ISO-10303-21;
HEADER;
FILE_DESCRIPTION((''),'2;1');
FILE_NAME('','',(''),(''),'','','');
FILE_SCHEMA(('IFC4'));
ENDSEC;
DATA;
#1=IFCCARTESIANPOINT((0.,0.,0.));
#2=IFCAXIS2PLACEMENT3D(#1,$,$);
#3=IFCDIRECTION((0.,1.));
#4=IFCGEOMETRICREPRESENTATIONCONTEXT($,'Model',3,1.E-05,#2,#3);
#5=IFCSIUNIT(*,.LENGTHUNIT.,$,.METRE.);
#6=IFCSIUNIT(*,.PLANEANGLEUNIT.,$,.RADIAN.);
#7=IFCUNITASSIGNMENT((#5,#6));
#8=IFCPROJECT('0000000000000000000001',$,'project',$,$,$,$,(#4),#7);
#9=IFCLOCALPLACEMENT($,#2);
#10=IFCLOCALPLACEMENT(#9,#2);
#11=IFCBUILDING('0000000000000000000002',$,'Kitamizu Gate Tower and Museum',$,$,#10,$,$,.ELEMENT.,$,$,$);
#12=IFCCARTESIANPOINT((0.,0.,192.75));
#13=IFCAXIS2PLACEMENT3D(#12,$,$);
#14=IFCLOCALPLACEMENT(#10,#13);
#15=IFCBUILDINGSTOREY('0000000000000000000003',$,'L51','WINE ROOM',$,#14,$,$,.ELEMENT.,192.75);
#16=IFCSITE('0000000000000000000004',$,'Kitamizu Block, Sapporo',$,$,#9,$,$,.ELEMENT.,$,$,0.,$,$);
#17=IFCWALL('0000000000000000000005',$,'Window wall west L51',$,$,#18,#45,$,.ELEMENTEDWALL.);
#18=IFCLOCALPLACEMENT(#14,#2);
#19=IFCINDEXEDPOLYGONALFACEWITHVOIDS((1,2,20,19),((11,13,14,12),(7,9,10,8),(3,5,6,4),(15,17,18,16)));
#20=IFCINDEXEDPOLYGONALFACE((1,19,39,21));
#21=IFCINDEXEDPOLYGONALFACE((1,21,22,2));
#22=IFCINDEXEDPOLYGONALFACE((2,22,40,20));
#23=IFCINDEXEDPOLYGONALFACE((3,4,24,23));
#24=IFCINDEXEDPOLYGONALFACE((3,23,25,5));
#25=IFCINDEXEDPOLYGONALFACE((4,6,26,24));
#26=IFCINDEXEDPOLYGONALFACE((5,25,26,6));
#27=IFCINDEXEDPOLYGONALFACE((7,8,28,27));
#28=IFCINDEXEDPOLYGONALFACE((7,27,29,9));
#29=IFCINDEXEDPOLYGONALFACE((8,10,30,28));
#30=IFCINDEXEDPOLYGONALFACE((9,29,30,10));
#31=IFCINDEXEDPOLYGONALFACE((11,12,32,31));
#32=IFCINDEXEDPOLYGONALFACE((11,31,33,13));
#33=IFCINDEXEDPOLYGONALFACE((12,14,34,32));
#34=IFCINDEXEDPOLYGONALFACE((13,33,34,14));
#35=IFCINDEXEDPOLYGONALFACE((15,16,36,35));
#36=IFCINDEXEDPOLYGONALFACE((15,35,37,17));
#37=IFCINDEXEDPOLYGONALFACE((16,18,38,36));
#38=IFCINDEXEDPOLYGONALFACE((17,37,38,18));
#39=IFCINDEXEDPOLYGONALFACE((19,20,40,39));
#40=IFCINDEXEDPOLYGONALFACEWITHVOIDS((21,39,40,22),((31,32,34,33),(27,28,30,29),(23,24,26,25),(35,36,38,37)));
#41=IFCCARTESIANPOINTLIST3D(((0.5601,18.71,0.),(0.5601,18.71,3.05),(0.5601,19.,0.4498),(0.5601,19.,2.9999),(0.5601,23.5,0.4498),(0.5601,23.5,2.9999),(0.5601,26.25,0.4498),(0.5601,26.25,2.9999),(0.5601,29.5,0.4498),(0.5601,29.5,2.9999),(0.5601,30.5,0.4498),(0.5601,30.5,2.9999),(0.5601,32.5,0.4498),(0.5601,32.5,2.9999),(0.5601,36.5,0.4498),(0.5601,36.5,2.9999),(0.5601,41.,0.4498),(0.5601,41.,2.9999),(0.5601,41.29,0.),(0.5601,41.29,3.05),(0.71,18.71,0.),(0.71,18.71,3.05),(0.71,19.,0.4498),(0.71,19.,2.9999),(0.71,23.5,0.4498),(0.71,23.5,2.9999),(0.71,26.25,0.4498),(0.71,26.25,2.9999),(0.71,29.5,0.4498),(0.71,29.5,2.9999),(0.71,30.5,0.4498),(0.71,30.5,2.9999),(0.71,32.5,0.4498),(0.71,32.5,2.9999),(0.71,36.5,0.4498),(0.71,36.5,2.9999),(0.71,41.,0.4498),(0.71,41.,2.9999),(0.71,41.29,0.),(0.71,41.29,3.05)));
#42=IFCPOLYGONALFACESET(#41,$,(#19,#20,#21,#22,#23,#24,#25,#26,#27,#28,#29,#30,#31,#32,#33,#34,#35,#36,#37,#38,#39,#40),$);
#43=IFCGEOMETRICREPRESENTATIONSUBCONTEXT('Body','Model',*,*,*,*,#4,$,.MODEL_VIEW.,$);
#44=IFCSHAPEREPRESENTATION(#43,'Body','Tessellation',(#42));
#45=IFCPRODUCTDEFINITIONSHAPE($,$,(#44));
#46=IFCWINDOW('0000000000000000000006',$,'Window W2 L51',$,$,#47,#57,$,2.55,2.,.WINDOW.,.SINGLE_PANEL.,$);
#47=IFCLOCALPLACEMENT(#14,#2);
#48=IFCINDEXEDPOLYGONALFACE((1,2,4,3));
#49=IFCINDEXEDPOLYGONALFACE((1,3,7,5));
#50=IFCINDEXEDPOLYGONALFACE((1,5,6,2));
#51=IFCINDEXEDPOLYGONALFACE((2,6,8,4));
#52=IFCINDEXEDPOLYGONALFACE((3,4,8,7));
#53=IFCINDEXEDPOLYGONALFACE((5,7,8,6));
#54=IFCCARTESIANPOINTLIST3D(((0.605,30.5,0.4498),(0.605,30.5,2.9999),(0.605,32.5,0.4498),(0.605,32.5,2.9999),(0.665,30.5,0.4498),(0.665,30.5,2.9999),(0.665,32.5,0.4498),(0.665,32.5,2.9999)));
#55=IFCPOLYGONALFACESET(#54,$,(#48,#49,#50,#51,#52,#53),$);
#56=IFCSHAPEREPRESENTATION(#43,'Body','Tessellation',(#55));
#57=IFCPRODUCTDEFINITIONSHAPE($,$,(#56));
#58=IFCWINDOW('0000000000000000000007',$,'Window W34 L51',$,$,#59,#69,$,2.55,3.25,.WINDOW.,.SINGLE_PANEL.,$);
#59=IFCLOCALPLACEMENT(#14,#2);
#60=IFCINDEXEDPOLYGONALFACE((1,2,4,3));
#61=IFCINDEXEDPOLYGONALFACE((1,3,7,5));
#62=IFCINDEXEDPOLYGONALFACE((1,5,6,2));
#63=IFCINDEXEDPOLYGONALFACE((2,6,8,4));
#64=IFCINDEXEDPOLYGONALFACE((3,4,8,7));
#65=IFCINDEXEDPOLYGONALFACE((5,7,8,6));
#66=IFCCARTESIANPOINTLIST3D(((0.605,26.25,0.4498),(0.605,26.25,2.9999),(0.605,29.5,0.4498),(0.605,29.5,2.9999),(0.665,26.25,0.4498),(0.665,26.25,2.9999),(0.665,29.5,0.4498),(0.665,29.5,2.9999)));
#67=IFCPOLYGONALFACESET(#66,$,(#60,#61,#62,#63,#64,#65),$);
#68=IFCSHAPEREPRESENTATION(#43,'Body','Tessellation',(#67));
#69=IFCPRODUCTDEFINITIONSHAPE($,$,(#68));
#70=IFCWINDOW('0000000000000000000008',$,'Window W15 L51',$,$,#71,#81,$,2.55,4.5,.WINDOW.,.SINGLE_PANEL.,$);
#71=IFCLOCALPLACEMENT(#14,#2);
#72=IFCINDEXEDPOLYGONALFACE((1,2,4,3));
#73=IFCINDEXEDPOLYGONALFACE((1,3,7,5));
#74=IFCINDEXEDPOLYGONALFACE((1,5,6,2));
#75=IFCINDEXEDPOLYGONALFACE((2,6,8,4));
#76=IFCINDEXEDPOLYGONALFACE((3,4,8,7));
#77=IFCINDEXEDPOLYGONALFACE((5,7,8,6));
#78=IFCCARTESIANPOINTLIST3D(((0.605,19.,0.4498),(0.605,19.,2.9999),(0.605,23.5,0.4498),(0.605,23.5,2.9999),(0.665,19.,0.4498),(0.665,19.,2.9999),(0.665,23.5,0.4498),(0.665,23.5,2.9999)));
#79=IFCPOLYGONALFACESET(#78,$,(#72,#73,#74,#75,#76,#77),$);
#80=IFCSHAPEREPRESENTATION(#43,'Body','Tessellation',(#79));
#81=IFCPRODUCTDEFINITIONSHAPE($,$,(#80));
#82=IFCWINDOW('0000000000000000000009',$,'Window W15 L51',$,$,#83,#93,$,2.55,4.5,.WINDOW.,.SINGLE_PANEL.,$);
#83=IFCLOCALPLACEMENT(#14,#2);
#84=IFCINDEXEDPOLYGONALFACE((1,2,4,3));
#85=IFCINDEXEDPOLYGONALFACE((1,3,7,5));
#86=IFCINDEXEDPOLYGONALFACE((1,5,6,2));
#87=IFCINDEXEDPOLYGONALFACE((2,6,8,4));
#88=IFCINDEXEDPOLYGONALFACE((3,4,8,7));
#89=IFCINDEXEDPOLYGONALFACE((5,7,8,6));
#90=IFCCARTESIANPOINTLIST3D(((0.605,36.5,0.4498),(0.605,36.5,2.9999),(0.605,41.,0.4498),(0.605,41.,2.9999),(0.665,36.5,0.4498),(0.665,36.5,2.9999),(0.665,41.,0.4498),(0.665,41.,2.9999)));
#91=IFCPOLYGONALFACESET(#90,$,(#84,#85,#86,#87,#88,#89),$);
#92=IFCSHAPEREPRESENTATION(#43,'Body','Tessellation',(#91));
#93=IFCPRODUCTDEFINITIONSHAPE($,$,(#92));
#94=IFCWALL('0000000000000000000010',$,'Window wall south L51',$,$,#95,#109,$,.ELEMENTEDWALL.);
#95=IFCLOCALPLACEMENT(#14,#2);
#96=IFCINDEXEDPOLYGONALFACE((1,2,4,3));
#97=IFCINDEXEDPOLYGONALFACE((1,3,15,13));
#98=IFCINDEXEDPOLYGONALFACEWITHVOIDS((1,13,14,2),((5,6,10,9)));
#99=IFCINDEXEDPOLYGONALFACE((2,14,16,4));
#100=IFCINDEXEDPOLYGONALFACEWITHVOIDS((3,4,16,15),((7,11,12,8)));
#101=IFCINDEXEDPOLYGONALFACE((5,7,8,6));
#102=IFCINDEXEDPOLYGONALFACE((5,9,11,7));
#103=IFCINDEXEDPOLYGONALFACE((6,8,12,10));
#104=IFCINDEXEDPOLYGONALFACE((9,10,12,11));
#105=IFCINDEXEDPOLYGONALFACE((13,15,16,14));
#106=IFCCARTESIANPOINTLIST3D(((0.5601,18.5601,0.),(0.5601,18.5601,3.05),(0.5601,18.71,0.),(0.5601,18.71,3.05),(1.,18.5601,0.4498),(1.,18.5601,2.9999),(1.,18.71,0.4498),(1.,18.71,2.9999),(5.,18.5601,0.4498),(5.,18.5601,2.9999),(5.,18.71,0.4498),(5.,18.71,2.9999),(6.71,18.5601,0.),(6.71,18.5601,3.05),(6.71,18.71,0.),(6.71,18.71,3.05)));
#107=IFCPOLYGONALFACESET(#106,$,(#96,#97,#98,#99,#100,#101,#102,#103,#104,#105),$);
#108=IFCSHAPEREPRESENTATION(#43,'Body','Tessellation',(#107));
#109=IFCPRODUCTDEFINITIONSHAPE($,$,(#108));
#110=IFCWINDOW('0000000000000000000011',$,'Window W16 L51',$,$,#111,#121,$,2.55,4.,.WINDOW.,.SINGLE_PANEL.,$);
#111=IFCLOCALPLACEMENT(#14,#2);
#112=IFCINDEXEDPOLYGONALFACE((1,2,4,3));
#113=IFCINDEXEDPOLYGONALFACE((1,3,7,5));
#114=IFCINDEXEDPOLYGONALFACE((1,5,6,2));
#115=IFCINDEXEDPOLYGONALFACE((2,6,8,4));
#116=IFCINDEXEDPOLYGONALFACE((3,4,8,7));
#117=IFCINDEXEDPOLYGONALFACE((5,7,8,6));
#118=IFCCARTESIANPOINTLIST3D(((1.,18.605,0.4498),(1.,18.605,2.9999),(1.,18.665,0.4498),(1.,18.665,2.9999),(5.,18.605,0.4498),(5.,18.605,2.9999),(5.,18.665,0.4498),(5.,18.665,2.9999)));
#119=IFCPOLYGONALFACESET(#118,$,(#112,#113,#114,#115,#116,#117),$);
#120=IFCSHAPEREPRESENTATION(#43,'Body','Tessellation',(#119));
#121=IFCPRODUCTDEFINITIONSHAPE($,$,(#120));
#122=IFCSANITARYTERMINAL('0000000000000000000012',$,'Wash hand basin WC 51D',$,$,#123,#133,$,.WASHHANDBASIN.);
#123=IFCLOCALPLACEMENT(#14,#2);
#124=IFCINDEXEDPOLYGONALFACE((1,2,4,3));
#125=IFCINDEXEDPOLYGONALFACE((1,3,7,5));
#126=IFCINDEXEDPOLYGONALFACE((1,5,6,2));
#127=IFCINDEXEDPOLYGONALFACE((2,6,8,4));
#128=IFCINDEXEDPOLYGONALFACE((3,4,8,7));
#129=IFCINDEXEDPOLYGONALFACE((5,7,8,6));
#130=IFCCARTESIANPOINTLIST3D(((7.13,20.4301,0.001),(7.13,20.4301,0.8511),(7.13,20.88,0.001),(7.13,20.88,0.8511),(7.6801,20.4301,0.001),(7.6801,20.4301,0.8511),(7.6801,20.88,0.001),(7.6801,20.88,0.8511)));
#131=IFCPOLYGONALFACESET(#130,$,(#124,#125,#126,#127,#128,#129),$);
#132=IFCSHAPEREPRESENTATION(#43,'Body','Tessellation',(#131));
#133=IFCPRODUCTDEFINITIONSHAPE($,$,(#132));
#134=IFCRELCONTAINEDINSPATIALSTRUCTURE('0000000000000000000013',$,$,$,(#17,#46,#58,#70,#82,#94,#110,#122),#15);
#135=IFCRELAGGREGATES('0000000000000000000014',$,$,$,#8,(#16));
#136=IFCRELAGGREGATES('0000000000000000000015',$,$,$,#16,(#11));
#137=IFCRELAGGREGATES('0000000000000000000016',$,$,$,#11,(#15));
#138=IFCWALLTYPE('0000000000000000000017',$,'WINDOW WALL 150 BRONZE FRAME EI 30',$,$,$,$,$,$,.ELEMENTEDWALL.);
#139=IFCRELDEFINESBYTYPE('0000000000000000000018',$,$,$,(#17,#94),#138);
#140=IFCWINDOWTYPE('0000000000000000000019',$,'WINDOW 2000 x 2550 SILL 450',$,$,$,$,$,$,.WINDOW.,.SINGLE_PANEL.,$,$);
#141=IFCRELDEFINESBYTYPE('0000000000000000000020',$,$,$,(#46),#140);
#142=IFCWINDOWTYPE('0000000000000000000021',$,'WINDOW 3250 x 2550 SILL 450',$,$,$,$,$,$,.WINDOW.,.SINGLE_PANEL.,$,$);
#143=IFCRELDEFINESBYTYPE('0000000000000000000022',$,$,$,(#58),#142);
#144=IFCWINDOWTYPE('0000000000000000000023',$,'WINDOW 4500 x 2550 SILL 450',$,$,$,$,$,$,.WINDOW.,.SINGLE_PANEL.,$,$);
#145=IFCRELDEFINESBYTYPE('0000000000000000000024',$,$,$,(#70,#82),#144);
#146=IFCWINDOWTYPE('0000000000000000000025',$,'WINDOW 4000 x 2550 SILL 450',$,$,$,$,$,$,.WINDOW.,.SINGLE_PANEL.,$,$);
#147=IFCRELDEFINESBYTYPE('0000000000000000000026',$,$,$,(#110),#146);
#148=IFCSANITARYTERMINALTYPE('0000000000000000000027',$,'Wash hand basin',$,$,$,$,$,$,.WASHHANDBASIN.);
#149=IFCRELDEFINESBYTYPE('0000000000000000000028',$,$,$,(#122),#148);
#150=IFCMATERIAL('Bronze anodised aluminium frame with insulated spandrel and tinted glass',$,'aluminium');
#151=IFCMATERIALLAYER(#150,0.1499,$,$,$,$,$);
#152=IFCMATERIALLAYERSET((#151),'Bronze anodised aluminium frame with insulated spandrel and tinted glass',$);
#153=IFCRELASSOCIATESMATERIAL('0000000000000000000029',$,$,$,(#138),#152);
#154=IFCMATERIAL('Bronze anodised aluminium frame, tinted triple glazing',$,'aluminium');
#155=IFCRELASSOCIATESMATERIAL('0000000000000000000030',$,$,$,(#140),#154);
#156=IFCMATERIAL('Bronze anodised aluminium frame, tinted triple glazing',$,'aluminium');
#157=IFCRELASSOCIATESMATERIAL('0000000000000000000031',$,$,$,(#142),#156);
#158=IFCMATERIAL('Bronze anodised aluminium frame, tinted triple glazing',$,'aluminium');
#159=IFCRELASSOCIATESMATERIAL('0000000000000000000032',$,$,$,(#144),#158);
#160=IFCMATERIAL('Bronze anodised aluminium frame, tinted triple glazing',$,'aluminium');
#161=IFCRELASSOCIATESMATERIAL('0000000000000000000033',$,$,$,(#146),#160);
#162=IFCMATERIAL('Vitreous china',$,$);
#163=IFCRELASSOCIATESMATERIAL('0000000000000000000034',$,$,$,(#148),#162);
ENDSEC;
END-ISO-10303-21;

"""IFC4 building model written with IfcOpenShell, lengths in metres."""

from ifc_helpers import new_model, si_unit, direction, frame, frame_2d, origin, origin_2d, place, context, subcontext, project, spatial, rectangle, extrude, material, layer, layer_set, type_object, element, fill, save


model = new_model("IFC4")

# Units and contexts
model_context = context("Model", 3, precision=1e-05, world=origin(), true_north=direction((0.0, 1.0)))
body_context = subcontext(model_context, "Body", "Model", "MODEL_VIEW")
ifc_project = project(units=[si_unit("LENGTHUNIT", "METRE"), si_unit("PLANEANGLEUNIT", "RADIAN")], contexts=[model_context])

# Site, building, storey
site_placement = place(None, origin())
site = spatial("IfcSite", under=ifc_project, at=site_placement, Name="Kitamizu Block, Sapporo", CompositionType="ELEMENT", RefElevation=0.0)
building_placement = place(site_placement, origin())
building = spatial("IfcBuilding", under=site, at=building_placement, Name="Kitamizu Gate Tower and Museum", CompositionType="ELEMENT")
storey_placement = place(building_placement, frame((0.0, 0.0, 192.75)))
storey = spatial("IfcBuildingStorey", under=building, at=storey_placement, Name="L51", Description="WINE ROOM", CompositionType="ELEMENT", Elevation=192.75)

# Wall, openings, windows
ifc_material_1 = material(Name="Bronze anodised aluminium frame with insulated spandrel and tinted glass", Category="aluminium")
ifc_layer_1 = layer(ifc_material_1, 0.1499)
ifc_layer_set_1 = layer_set([ifc_layer_1], Name="Bronze anodised aluminium frame with insulated spandrel and tinted glass")
wall_type_1 = type_object("IfcWallType", Name="WINDOW WALL 150 BRONZE FRAME EI 30", PredefinedType="ELEMENTEDWALL", material=ifc_layer_set_1)
wall_1_placement = place(storey_placement, frame((0.635, 18.71, 0.0), z_axis=(0.0, 0.0, 1.0), x_axis=(0.0, 1.0, 0.0)))
wall_1 = element("IfcWall", 1, at=wall_1_placement, inside=storey, type_object=wall_type_1, Name="Window wall west L51", PredefinedType="ELEMENTEDWALL", context=body_context, shape_type="SweptSolid", body=[
    extrude(rectangle(XDim=22.5801, YDim=0.1499, at=frame_2d((11.29, 0.0))), origin(), (0.0, 0.0, 1.0), 3.05),
])
opening_1_placement = place(wall_1_placement, frame((0.29, 0.0, 0.45)))
opening_1 = element("IfcOpeningElement", 2, at=opening_1_placement, cuts=wall_1, PredefinedType="OPENING", context=body_context, shape_type="SweptSolid", body=[
    extrude(rectangle(XDim=4.5, YDim=2.55, at=frame_2d((2.25, 1.2749))), frame((0.0, 0.085, 0.0), z_axis=(0.0, -1.0, 0.0), x_axis=(1.0, 0.0, 0.0)), (0.0, 0.0, 1.0), 0.1699),
])
opening_2_placement = place(wall_1_placement, frame((7.54, 0.0, 0.45)))
opening_2 = element("IfcOpeningElement", 3, at=opening_2_placement, cuts=wall_1, PredefinedType="OPENING", context=body_context, shape_type="SweptSolid", body=[
    extrude(rectangle(XDim=3.25, YDim=2.55, at=frame_2d((1.625, 1.2749))), frame((0.0, 0.085, 0.0), z_axis=(0.0, -1.0, 0.0), x_axis=(1.0, 0.0, 0.0)), (0.0, 0.0, 1.0), 0.1699),
])
opening_3_placement = place(wall_1_placement, frame((11.79, 0.0, 0.45)))
opening_3 = element("IfcOpeningElement", 4, at=opening_3_placement, cuts=wall_1, PredefinedType="OPENING", context=body_context, shape_type="SweptSolid", body=[
    extrude(rectangle(XDim=2.0, YDim=2.55, at=frame_2d((1.0, 1.2749))), frame((0.0, 0.085, 0.0), z_axis=(0.0, -1.0, 0.0), x_axis=(1.0, 0.0, 0.0)), (0.0, 0.0, 1.0), 0.1699),
])
opening_4_placement = place(wall_1_placement, frame((17.79, 0.0, 0.45)))
opening_4 = element("IfcOpeningElement", 5, at=opening_4_placement, cuts=wall_1, PredefinedType="OPENING", context=body_context, shape_type="SweptSolid", body=[
    extrude(rectangle(XDim=4.5, YDim=2.55, at=frame_2d((2.25, 1.2749))), frame((0.0, 0.085, 0.0), z_axis=(0.0, -1.0, 0.0), x_axis=(1.0, 0.0, 0.0)), (0.0, 0.0, 1.0), 0.1699),
])
ifc_material_2 = material(Name="Bronze anodised aluminium frame, tinted triple glazing", Category="aluminium")
window_type_1 = type_object("IfcWindowType", Name="WINDOW 2000 x 2550 SILL 450", PartitioningType="SINGLE_PANEL", PredefinedType="WINDOW", material=ifc_material_2)
window_1_placement = place(opening_3_placement, origin())
window_1 = element("IfcWindow", 6, at=window_1_placement, inside=storey, type_object=window_type_1, Name="Window W2 L51", OverallHeight=2.55, OverallWidth=2.0, PartitioningType="SINGLE_PANEL", PredefinedType="WINDOW", context=body_context, shape_type="SweptSolid", body=[
    extrude(rectangle(XDim=2.0, YDim=2.55, at=frame_2d((1.0, 1.2749))), frame((0.0, 0.03, 0.0), z_axis=(0.0, -1.0, 0.0), x_axis=(1.0, 0.0, 0.0)), (0.0, 0.0, 1.0), 0.0601),
])
fill(opening_3, window_1)
ifc_material_3 = material(Name="Bronze anodised aluminium frame, tinted triple glazing", Category="aluminium")
window_type_2 = type_object("IfcWindowType", Name="WINDOW 3250 x 2550 SILL 450", PartitioningType="SINGLE_PANEL", PredefinedType="WINDOW", material=ifc_material_3)
window_2_placement = place(opening_2_placement, origin())
window_2 = element("IfcWindow", 7, at=window_2_placement, inside=storey, type_object=window_type_2, Name="Window W34 L51", OverallHeight=2.55, OverallWidth=3.25, PartitioningType="SINGLE_PANEL", PredefinedType="WINDOW", context=body_context, shape_type="SweptSolid", body=[
    extrude(rectangle(XDim=3.25, YDim=2.55, at=frame_2d((1.625, 1.2749))), frame((0.0, 0.03, 0.0), z_axis=(0.0, -1.0, 0.0), x_axis=(1.0, 0.0, 0.0)), (0.0, 0.0, 1.0), 0.0601),
])
fill(opening_2, window_2)
ifc_material_4 = material(Name="Bronze anodised aluminium frame, tinted triple glazing", Category="aluminium")
window_type_3 = type_object("IfcWindowType", Name="WINDOW 4500 x 2550 SILL 450", PartitioningType="SINGLE_PANEL", PredefinedType="WINDOW", material=ifc_material_4)
window_3_placement = place(opening_1_placement, origin())
window_3 = element("IfcWindow", 8, at=window_3_placement, inside=storey, type_object=window_type_3, Name="Window W15 L51", OverallHeight=2.55, OverallWidth=4.5, PartitioningType="SINGLE_PANEL", PredefinedType="WINDOW", context=body_context, shape_type="SweptSolid", body=[
    extrude(rectangle(XDim=4.5, YDim=2.55, at=frame_2d((2.25, 1.2749))), frame((0.0, 0.03, 0.0), z_axis=(0.0, -1.0, 0.0), x_axis=(1.0, 0.0, 0.0)), (0.0, 0.0, 1.0), 0.0601),
])
fill(opening_1, window_3)
window_4_placement = place(opening_4_placement, origin())
window_4 = element("IfcWindow", 9, at=window_4_placement, inside=storey, type_object=window_type_3, Name="Window W15 L51", OverallHeight=2.55, OverallWidth=4.5, PartitioningType="SINGLE_PANEL", PredefinedType="WINDOW", context=body_context, shape_type="SweptSolid", body=[
    extrude(rectangle(XDim=4.5, YDim=2.55, at=frame_2d((2.25, 1.2749))), frame((0.0, 0.03, 0.0), z_axis=(0.0, -1.0, 0.0), x_axis=(1.0, 0.0, 0.0)), (0.0, 0.0, 1.0), 0.0601),
])
fill(opening_4, window_4)

# Wall, opening, window
wall_2_placement = place(storey_placement, frame((0.5601, 18.635, 0.0), z_axis=(0.0, 0.0, 1.0), x_axis=(1.0, 0.0, 0.0)))
wall_2 = element("IfcWall", 10, at=wall_2_placement, inside=storey, type_object=wall_type_1, Name="Window wall south L51", PredefinedType="ELEMENTEDWALL", context=body_context, shape_type="SweptSolid", body=[
    extrude(rectangle(XDim=6.1499, YDim=0.1499, at=frame_2d((3.075, 0.0))), origin(), (0.0, 0.0, 1.0), 3.05),
])
opening_5_placement = place(wall_2_placement, frame((0.4399, 0.0, 0.45)))
opening_5 = element("IfcOpeningElement", 11, at=opening_5_placement, cuts=wall_2, PredefinedType="OPENING", context=body_context, shape_type="SweptSolid", body=[
    extrude(rectangle(XDim=4.0, YDim=2.55, at=frame_2d((2.0, 1.2749))), frame((0.0, 0.085, 0.0), z_axis=(0.0, -1.0, 0.0), x_axis=(1.0, 0.0, 0.0)), (0.0, 0.0, 1.0), 0.1699),
])
ifc_material_5 = material(Name="Bronze anodised aluminium frame, tinted triple glazing", Category="aluminium")
window_type_4 = type_object("IfcWindowType", Name="WINDOW 4000 x 2550 SILL 450", PartitioningType="SINGLE_PANEL", PredefinedType="WINDOW", material=ifc_material_5)
window_5_placement = place(opening_5_placement, origin())
window_5 = element("IfcWindow", 12, at=window_5_placement, inside=storey, type_object=window_type_4, Name="Window W16 L51", OverallHeight=2.55, OverallWidth=4.0, PartitioningType="SINGLE_PANEL", PredefinedType="WINDOW", context=body_context, shape_type="SweptSolid", body=[
    extrude(rectangle(XDim=4.0, YDim=2.55, at=frame_2d((2.0, 1.2749))), frame((0.0, 0.03, 0.0), z_axis=(0.0, -1.0, 0.0), x_axis=(1.0, 0.0, 0.0)), (0.0, 0.0, 1.0), 0.0601),
])
fill(opening_5, window_5)

# Sanitary terminal
ifc_material_6 = material(Name="Vitreous china")
sanitary_terminal_type = type_object("IfcSanitaryTerminalType", Name="Wash hand basin", PredefinedType="WASHHANDBASIN", material=ifc_material_6)
sanitary_terminal_placement = place(storey_placement, frame((7.405, 20.655, 0.001), z_axis=(0.0, 0.0, 1.0), x_axis=(1.0, 0.0, 0.0)))
element("IfcSanitaryTerminal", 13, at=sanitary_terminal_placement, inside=storey, type_object=sanitary_terminal_type, Name="Wash hand basin WC 51D", PredefinedType="WASHHANDBASIN", context=body_context, shape_type="SweptSolid", body=[
    extrude(rectangle(XDim=0.55, YDim=0.45, at=origin_2d()), origin(), (0.0, 0.0, 1.0), 0.8501),
])

save(model, "model.ifc")
